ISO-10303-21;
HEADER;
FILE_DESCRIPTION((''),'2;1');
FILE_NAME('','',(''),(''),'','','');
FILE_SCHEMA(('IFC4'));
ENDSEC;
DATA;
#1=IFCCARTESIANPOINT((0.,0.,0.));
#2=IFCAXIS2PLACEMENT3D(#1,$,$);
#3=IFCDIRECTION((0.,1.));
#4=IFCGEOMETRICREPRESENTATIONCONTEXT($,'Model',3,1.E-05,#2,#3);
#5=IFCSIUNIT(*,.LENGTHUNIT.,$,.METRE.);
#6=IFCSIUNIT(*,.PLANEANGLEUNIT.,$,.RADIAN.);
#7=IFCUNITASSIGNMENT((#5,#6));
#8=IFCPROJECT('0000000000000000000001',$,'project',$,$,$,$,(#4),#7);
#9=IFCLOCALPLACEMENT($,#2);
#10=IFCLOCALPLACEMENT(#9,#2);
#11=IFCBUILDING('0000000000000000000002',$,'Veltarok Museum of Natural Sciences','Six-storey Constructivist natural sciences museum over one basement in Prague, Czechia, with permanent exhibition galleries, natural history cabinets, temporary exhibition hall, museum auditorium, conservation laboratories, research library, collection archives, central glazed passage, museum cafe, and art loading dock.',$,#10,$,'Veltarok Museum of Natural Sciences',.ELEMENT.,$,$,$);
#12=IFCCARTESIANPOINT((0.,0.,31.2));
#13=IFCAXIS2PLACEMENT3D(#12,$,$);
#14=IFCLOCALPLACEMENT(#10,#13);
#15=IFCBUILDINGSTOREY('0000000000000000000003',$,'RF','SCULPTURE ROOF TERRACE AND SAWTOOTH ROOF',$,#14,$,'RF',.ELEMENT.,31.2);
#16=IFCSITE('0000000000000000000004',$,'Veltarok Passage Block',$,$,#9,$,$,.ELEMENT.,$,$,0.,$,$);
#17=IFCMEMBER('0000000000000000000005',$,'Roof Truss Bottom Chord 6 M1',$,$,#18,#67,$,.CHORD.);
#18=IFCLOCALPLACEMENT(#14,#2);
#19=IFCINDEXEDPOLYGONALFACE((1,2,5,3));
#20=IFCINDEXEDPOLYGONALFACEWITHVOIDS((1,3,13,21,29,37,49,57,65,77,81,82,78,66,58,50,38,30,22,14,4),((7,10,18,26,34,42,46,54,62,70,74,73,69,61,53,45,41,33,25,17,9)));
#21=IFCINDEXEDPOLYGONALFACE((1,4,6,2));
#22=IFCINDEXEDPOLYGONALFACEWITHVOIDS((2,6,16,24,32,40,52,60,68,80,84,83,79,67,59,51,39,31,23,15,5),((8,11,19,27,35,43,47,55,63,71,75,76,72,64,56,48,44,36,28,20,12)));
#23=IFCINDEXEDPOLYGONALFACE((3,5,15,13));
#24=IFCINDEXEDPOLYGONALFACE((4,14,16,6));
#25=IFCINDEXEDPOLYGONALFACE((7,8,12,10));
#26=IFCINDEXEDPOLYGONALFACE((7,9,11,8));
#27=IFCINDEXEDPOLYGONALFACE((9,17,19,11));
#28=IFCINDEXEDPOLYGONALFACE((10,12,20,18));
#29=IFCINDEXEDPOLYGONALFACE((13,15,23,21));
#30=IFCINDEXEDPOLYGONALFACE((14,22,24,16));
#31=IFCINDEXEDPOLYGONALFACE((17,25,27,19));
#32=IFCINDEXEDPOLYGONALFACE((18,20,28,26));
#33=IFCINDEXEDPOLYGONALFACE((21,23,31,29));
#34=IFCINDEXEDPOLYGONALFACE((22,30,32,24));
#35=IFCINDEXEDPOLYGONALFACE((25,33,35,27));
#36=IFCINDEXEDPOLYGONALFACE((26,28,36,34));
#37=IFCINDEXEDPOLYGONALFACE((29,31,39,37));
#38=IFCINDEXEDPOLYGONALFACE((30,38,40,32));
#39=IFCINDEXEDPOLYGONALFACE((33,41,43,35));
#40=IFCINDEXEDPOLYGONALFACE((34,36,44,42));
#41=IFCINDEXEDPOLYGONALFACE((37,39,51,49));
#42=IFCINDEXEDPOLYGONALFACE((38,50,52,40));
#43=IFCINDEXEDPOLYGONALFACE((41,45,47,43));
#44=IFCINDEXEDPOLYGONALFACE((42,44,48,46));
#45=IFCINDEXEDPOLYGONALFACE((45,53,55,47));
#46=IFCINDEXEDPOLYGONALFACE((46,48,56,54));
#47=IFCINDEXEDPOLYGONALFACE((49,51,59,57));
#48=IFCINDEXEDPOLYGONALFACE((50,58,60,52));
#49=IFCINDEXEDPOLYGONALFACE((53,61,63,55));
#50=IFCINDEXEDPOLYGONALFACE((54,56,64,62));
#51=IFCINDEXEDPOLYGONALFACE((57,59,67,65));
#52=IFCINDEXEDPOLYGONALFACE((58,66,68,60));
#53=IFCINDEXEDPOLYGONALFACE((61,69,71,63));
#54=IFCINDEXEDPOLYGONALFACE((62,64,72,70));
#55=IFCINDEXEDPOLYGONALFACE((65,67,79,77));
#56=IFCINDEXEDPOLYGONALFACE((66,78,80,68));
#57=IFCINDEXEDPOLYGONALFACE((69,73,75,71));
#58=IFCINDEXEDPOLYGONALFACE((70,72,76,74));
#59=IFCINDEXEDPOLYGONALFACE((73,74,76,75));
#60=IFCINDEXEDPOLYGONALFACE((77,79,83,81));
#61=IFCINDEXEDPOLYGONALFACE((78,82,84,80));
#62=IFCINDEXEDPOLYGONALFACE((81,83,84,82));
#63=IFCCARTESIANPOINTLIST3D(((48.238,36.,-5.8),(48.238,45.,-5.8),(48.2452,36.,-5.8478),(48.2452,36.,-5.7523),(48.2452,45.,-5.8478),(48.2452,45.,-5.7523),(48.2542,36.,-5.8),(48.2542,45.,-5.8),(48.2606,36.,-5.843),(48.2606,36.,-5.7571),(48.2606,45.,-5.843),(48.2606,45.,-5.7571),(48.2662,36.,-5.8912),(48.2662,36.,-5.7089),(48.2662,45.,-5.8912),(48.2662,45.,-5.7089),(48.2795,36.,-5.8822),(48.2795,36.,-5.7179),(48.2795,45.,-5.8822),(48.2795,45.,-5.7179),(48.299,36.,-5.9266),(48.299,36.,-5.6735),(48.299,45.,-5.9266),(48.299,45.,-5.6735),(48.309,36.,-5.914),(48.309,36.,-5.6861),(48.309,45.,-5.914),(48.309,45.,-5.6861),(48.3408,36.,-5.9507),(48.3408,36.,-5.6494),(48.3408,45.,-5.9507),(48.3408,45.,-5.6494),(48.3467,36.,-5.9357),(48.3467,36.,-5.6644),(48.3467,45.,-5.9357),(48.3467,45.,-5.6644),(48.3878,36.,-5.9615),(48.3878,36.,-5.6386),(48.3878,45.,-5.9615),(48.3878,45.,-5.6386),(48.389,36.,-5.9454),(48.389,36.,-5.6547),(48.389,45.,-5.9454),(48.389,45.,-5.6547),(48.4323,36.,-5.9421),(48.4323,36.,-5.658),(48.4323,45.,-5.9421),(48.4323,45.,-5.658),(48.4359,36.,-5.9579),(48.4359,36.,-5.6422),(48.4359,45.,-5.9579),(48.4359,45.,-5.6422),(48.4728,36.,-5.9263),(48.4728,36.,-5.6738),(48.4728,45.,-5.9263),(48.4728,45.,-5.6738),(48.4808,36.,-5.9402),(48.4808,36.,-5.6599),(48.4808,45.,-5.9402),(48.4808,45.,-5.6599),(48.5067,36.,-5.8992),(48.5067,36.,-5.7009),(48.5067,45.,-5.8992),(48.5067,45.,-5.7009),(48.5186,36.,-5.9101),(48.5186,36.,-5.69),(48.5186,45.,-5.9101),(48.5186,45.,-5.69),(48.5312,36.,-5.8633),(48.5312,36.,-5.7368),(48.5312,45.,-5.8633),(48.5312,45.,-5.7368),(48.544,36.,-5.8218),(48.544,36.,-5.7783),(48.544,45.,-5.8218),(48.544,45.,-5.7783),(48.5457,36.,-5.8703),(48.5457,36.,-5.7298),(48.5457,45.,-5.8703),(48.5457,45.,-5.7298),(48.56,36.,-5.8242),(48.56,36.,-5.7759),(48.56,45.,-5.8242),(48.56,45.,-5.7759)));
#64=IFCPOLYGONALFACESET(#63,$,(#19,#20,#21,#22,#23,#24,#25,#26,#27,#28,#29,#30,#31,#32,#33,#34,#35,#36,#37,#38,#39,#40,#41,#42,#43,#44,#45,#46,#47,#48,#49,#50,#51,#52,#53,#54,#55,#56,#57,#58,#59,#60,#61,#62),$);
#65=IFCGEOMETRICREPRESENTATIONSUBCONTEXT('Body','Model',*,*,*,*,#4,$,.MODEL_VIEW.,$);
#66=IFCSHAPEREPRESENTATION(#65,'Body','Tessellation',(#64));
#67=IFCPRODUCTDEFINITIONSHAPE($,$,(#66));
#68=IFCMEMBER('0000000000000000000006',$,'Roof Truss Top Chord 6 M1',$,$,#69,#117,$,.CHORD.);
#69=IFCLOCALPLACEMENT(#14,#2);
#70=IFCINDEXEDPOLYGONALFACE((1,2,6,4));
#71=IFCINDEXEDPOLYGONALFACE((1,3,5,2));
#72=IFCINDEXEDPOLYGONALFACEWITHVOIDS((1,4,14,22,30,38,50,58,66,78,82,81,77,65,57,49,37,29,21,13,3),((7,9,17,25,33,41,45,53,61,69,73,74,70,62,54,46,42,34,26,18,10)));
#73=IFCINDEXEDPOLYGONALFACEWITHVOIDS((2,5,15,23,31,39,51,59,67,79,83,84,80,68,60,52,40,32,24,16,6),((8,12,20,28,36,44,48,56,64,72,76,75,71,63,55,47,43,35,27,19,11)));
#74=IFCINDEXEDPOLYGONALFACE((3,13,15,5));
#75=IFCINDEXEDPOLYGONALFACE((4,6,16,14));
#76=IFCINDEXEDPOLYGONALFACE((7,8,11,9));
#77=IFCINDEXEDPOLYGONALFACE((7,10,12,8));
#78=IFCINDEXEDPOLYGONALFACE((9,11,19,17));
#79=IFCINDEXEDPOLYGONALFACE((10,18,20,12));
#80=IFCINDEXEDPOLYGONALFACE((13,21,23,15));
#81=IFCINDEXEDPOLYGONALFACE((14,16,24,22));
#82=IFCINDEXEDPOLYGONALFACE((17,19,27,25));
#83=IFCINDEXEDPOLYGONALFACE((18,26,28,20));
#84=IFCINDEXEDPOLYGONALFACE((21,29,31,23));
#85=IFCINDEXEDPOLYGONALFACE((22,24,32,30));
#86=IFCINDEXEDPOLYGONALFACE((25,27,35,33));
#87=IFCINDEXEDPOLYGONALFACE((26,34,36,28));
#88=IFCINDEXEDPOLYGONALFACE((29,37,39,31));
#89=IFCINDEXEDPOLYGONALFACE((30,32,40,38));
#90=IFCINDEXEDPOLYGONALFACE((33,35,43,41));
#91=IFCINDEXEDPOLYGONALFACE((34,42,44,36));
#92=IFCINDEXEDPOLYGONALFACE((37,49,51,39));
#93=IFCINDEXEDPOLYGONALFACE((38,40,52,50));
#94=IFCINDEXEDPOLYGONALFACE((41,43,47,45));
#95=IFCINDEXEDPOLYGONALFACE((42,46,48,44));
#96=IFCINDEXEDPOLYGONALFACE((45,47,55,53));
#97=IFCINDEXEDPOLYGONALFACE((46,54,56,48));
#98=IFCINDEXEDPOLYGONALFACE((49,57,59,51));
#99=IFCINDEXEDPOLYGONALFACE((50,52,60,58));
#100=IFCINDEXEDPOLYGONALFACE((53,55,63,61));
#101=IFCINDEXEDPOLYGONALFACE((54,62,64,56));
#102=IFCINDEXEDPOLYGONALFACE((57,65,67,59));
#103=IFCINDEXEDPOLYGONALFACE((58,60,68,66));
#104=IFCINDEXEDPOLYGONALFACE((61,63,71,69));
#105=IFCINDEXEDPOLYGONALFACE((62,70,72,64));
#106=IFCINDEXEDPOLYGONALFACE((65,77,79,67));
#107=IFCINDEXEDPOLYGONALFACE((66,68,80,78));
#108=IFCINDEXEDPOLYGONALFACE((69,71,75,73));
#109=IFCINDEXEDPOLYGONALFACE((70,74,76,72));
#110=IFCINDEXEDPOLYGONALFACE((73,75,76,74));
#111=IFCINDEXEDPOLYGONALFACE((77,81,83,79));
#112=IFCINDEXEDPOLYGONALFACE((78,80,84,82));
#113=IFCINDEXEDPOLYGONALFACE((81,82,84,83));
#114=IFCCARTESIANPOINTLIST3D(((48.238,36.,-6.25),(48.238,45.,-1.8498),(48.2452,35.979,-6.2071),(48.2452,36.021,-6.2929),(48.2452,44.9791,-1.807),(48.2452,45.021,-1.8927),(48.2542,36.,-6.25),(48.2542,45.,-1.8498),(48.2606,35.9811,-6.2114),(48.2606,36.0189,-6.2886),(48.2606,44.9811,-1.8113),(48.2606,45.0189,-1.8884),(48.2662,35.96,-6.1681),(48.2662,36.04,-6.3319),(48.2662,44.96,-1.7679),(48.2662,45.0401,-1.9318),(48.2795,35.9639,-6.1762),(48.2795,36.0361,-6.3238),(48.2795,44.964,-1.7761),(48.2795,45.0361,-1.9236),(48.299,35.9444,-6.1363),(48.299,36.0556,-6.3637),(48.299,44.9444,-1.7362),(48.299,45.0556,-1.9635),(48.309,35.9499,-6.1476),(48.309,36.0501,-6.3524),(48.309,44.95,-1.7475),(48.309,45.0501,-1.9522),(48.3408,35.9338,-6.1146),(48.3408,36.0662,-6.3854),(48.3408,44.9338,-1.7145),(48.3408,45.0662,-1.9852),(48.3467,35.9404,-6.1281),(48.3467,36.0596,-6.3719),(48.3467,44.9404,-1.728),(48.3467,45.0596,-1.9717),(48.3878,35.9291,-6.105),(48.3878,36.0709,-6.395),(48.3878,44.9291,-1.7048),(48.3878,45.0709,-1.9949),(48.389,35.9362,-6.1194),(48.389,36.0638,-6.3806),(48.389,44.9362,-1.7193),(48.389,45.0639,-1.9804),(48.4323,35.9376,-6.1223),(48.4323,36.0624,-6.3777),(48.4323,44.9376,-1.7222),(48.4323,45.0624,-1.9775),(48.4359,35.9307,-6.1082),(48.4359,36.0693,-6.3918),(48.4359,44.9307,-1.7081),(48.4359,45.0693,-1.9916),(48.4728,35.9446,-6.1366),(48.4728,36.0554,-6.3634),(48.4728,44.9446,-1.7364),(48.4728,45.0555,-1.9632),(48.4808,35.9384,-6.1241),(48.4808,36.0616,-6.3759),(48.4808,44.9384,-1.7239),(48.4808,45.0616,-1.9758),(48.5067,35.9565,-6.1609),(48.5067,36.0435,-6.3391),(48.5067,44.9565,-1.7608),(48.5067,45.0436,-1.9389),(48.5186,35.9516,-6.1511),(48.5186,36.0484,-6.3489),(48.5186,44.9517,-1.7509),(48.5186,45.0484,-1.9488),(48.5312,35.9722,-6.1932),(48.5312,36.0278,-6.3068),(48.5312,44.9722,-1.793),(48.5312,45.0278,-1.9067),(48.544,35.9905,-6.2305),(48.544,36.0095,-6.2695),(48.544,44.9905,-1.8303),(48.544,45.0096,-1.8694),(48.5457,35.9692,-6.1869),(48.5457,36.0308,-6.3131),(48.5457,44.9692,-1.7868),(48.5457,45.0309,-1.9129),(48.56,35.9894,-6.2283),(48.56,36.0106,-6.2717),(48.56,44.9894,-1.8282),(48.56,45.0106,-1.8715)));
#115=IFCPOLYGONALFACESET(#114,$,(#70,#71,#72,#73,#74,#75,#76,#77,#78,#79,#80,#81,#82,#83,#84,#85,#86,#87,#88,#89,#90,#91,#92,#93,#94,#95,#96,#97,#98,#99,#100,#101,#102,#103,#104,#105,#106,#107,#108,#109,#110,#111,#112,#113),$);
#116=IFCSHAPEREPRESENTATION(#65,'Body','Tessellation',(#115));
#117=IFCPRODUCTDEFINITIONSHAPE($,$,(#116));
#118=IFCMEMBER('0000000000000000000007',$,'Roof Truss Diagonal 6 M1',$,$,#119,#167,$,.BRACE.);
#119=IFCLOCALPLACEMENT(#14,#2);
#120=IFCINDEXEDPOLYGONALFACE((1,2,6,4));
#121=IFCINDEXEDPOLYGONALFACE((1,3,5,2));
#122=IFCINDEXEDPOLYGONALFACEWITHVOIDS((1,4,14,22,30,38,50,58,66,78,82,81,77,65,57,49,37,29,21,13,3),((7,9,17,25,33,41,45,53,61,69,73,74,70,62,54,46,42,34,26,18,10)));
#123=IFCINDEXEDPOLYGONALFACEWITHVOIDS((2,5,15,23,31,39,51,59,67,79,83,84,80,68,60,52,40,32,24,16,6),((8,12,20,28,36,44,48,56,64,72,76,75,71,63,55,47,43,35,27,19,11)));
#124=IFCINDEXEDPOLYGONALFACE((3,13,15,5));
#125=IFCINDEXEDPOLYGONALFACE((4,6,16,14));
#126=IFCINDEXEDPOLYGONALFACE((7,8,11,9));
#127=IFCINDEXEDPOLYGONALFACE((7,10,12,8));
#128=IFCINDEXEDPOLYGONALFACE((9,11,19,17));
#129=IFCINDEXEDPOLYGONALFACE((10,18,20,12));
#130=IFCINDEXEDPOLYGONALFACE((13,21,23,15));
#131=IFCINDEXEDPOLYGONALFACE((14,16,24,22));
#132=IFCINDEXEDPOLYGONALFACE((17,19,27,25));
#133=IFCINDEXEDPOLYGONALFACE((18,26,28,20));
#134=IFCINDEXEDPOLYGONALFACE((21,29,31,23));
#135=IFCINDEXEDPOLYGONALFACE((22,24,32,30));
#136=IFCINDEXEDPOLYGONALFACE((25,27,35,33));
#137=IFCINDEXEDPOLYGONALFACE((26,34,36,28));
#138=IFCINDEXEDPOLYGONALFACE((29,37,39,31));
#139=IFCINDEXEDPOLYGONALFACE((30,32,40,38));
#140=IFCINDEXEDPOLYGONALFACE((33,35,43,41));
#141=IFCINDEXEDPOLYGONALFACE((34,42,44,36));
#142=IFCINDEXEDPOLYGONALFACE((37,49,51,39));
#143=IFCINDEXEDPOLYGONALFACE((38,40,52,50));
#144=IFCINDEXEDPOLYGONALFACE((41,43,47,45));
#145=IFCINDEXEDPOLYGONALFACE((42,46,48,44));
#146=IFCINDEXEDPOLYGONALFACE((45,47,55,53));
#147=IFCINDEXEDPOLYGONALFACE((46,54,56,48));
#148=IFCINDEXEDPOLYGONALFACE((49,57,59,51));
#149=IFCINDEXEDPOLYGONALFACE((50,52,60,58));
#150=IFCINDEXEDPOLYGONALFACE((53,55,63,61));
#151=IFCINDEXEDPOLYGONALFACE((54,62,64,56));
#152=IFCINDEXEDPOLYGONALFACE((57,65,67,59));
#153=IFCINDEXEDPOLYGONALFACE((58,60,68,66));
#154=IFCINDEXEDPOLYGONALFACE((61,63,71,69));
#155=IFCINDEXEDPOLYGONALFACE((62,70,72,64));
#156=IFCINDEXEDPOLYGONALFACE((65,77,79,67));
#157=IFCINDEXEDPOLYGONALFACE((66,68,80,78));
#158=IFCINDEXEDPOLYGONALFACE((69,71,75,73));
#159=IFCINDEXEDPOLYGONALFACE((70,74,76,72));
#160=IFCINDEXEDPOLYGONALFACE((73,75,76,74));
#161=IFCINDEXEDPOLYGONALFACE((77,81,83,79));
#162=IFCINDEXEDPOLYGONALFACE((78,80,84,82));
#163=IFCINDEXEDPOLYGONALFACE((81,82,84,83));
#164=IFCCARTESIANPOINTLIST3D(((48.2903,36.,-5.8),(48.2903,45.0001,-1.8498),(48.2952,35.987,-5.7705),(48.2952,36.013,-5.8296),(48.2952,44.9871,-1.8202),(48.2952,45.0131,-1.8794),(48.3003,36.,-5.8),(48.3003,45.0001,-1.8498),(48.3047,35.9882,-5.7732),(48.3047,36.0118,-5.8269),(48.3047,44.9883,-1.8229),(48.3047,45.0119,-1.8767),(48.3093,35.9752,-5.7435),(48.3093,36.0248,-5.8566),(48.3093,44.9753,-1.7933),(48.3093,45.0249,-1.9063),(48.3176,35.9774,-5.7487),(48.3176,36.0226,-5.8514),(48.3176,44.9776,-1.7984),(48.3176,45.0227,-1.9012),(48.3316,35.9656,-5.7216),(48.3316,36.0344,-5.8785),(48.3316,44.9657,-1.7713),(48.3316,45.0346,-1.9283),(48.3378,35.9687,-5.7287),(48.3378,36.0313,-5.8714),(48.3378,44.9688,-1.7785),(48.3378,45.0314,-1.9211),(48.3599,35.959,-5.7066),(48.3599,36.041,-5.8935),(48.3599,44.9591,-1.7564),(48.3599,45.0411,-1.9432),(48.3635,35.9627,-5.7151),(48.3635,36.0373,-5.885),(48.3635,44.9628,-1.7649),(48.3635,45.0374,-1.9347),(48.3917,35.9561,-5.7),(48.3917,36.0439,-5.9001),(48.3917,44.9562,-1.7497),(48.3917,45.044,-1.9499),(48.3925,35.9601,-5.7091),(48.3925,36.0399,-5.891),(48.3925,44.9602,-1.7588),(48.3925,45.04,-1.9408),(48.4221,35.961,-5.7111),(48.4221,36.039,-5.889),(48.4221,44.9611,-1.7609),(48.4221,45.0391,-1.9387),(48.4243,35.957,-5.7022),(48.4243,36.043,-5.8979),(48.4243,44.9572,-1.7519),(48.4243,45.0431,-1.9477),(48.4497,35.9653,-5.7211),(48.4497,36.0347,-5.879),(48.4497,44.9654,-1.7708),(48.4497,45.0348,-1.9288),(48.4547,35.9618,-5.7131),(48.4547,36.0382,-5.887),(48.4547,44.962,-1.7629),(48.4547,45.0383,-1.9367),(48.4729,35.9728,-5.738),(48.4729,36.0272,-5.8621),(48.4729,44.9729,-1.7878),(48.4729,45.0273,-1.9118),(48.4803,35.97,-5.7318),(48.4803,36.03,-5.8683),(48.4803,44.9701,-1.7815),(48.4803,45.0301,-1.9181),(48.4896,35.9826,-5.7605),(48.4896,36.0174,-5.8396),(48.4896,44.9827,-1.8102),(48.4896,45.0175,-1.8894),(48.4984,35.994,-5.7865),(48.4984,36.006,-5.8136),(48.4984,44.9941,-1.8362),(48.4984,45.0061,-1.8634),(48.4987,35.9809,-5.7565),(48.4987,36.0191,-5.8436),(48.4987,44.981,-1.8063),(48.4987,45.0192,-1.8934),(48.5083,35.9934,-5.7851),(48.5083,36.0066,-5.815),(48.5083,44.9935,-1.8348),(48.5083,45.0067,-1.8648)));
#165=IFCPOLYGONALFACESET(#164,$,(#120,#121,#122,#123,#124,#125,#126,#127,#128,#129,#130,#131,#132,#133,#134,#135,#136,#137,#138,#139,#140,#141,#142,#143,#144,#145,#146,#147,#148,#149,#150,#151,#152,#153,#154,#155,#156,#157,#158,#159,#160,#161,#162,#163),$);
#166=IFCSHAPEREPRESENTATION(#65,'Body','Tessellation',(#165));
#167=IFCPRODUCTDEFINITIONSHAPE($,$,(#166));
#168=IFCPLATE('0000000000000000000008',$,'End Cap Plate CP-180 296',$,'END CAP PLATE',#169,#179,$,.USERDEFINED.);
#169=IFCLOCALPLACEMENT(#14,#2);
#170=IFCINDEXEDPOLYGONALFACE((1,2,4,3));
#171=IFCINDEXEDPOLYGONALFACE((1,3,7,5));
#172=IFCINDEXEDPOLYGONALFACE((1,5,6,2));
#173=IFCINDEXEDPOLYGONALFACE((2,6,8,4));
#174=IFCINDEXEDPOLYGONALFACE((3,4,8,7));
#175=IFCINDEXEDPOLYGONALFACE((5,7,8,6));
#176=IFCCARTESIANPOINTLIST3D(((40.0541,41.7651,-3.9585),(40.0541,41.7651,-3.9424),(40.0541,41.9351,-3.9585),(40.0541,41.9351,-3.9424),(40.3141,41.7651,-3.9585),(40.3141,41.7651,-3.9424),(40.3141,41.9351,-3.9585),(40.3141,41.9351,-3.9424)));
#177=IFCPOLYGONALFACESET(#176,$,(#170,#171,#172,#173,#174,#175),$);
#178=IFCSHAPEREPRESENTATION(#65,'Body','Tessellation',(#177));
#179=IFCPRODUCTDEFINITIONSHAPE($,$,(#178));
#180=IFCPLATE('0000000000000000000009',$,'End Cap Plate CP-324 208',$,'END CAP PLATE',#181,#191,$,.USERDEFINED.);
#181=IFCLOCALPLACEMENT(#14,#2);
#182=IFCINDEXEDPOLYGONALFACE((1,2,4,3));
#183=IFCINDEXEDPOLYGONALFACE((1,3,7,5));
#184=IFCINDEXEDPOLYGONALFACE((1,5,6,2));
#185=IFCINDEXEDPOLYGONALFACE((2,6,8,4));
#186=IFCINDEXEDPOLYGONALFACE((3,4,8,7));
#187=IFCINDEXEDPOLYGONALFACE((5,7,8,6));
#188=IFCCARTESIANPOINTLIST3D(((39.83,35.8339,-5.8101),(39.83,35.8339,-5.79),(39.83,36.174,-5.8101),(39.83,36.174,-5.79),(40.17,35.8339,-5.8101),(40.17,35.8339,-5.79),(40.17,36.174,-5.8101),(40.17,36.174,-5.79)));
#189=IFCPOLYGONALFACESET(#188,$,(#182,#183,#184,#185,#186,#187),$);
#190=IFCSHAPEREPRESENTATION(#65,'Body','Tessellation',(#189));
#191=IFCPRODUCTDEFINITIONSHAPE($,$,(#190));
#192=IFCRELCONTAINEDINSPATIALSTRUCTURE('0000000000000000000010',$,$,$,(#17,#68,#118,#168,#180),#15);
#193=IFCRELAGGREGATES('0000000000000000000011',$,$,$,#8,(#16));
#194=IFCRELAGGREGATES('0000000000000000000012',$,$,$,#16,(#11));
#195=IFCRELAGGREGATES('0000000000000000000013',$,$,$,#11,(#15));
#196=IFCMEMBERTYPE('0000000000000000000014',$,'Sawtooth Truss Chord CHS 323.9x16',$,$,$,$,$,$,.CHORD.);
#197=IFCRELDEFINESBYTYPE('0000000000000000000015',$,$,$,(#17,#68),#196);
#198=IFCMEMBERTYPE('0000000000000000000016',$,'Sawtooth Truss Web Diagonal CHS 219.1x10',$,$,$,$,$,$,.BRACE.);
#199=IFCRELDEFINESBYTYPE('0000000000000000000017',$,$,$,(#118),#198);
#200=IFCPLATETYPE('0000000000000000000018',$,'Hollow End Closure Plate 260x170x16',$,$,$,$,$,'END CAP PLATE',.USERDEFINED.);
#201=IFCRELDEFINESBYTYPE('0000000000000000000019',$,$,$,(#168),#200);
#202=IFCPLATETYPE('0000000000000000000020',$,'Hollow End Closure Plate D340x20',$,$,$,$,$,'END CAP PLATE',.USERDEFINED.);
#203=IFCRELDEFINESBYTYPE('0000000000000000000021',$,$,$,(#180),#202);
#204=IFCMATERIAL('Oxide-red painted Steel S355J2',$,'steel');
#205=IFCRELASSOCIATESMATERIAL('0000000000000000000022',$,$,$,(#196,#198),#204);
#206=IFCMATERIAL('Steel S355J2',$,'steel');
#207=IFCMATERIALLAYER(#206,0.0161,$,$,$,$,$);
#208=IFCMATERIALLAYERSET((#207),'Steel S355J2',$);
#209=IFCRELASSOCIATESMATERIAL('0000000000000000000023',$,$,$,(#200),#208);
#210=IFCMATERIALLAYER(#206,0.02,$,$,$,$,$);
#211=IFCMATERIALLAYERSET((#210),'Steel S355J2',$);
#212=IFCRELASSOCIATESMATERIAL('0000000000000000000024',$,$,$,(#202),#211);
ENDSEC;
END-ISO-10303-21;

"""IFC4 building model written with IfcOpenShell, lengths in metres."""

from ifc_helpers import new_model, si_unit, direction, frame, origin, origin_2d, place, context, subcontext, project, spatial, rectangle, hollow_circle, extrude, material, layer, layer_set, material_profile, profile_set, type_object, element, save


model = new_model("IFC4")

# Units and contexts
model_context = context("Model", 3, precision=1e-05, world=origin(), true_north=direction((0.0, 1.0)))
body_context = subcontext(model_context, "Body", "Model", "MODEL_VIEW")
ifc_project = project(units=[si_unit("LENGTHUNIT", "METRE"), si_unit("PLANEANGLEUNIT", "RADIAN")], contexts=[model_context])

# Site, building, storey
site_placement = place(None, origin())
site = spatial("IfcSite", under=ifc_project, at=site_placement, Name="Veltarok Passage Block", CompositionType="ELEMENT", RefElevation=0.0)
building_placement = place(site_placement, origin())
building = spatial("IfcBuilding", under=site, at=building_placement, Name="Veltarok Museum of Natural Sciences", Description="Six-storey Constructivist natural sciences museum over one basement in Prague, Czechia, with permanent exhibition galleries, natural history cabinets, temporary exhibition hall, museum auditorium, conservation laboratories, research library, collection archives, central glazed passage, museum cafe, and art loading dock.", LongName="Veltarok Museum of Natural Sciences", CompositionType="ELEMENT")
storey_placement = place(building_placement, frame((0.0, 0.0, 31.2)))
storey = spatial("IfcBuildingStorey", under=building, at=storey_placement, Name="RF", Description="SCULPTURE ROOF TERRACE AND SAWTOOTH ROOF", LongName="RF", CompositionType="ELEMENT", Elevation=31.2)

# Shared definitions
ifc_material_1 = material(Name="Steel S355J2", Category="steel")

# Members
ifc_material_2 = material(Name="Oxide-red painted Steel S355J2", Category="steel")
ifc_material_profile_1 = material_profile(ifc_material_2, hollow_circle(Radius=0.1619, WallThickness=0.0161, at=origin_2d()), Name="CHS 323.9x16")
ifc_profile_set_1 = profile_set([ifc_material_profile_1], Name="Oxide-red painted Steel S355J2")
member_type_1 = type_object("IfcMemberType", Name="Sawtooth Truss Chord CHS 323.9x16", PredefinedType="CHORD", material=ifc_profile_set_1)
member_1_placement = place(storey_placement, frame((48.3999, 36.0, -5.8), z_axis=(0.0, 1.0, 0.0), x_axis=(-1.0, 0.0, 0.0)))
element("IfcMember", 1, at=member_1_placement, inside=storey, type_object=member_type_1, Name="Roof Truss Bottom Chord 6 M1", PredefinedType="CHORD", context=body_context, shape_type="SweptSolid", body=[
    extrude(hollow_circle(Radius=0.1619, WallThickness=0.0161, at=origin_2d()), origin(), (0.0, 0.0, 1.0), 9.0),
])
member_2_placement = place(storey_placement, frame((48.3999, 36.0, -6.25), z_axis=(0.0, 0.898379, 0.439222), x_axis=(-1.0, 0.0, 0.0)))
element("IfcMember", 2, at=member_2_placement, inside=storey, type_object=member_type_1, Name="Roof Truss Top Chord 6 M1", PredefinedType="CHORD", context=body_context, shape_type="SweptSolid", body=[
    extrude(hollow_circle(Radius=0.1619, WallThickness=0.0161, at=origin_2d()), origin(), (0.0, 0.0, 1.0), 10.0181),
])
ifc_material_profile_2 = material_profile(ifc_material_2, hollow_circle(Radius=0.1096, WallThickness=0.01, at=origin_2d()), Name="CHS 219.1x10")
ifc_profile_set_2 = profile_set([ifc_material_profile_2], Name="Oxide-red painted Steel S355J2")
member_type_2 = type_object("IfcMemberType", Name="Sawtooth Truss Web Diagonal CHS 219.1x10", PredefinedType="BRACE", material=ifc_profile_set_2)
member_3_placement = place(storey_placement, frame((48.3999, 36.0, -5.8), z_axis=(0.0, 0.915682, 0.401903), x_axis=(-1.0, 0.0, 0.0)))
element("IfcMember", 3, at=member_3_placement, inside=storey, type_object=member_type_2, Name="Roof Truss Diagonal 6 M1", PredefinedType="BRACE", context=body_context, shape_type="SweptSolid", body=[
    extrude(hollow_circle(Radius=0.1096, WallThickness=0.01, at=origin_2d()), origin(), (0.0, 0.0, 1.0), 9.8289),
])

# Plates
ifc_layer_1 = layer(ifc_material_1, 0.0161)
ifc_layer_set_1 = layer_set([ifc_layer_1], Name="Steel S355J2")
plate_type_1 = type_object("IfcPlateType", Name="Hollow End Closure Plate 260x170x16", ElementType="END CAP PLATE", PredefinedType="USERDEFINED", material=ifc_layer_set_1)
plate_placement = place(storey_placement, frame((40.1841, 41.8501, -3.9585), z_axis=(0.0, 0.0, 1.0), x_axis=(1.0, 0.0, 0.0)))
element("IfcPlate", 4, at=plate_placement, inside=storey, type_object=plate_type_1, Name="End Cap Plate CP-180 296", ObjectType="END CAP PLATE", PredefinedType="USERDEFINED", context=body_context, shape_type="SweptSolid", body=[
    extrude(rectangle(XDim=0.26, YDim=0.1699, at=origin_2d()), origin(), (0.0, 0.0, 1.0), 0.0161),
])
ifc_layer_2 = layer(ifc_material_1, 0.02)
ifc_layer_set_2 = layer_set([ifc_layer_2], Name="Steel S355J2")
plate_type_2 = type_object("IfcPlateType", Name="Hollow End Closure Plate D340x20", ElementType="END CAP PLATE", PredefinedType="USERDEFINED", material=ifc_layer_set_2)
for number, where, z_axis, x_axis, name in (
    (5, (40.0, 36.0039, -5.8101), (0.0, 0.0, 1.0), (0.0, 1.0, 0.0), "End Cap Plate CP-324 208"),
):
    element("IfcPlate", number, at=place(storey_placement, frame(where, z_axis=z_axis, x_axis=x_axis)), inside=storey, type_object=plate_type_2, Name=name, ObjectType="END CAP PLATE", PredefinedType="USERDEFINED", context=body_context, shape_type="SweptSolid", body=[
        extrude(rectangle(XDim=0.3401, YDim=0.3401, at=origin_2d()), origin(), (0.0, 0.0, 1.0), 0.02),
    ])

save(model, "model.ifc")
